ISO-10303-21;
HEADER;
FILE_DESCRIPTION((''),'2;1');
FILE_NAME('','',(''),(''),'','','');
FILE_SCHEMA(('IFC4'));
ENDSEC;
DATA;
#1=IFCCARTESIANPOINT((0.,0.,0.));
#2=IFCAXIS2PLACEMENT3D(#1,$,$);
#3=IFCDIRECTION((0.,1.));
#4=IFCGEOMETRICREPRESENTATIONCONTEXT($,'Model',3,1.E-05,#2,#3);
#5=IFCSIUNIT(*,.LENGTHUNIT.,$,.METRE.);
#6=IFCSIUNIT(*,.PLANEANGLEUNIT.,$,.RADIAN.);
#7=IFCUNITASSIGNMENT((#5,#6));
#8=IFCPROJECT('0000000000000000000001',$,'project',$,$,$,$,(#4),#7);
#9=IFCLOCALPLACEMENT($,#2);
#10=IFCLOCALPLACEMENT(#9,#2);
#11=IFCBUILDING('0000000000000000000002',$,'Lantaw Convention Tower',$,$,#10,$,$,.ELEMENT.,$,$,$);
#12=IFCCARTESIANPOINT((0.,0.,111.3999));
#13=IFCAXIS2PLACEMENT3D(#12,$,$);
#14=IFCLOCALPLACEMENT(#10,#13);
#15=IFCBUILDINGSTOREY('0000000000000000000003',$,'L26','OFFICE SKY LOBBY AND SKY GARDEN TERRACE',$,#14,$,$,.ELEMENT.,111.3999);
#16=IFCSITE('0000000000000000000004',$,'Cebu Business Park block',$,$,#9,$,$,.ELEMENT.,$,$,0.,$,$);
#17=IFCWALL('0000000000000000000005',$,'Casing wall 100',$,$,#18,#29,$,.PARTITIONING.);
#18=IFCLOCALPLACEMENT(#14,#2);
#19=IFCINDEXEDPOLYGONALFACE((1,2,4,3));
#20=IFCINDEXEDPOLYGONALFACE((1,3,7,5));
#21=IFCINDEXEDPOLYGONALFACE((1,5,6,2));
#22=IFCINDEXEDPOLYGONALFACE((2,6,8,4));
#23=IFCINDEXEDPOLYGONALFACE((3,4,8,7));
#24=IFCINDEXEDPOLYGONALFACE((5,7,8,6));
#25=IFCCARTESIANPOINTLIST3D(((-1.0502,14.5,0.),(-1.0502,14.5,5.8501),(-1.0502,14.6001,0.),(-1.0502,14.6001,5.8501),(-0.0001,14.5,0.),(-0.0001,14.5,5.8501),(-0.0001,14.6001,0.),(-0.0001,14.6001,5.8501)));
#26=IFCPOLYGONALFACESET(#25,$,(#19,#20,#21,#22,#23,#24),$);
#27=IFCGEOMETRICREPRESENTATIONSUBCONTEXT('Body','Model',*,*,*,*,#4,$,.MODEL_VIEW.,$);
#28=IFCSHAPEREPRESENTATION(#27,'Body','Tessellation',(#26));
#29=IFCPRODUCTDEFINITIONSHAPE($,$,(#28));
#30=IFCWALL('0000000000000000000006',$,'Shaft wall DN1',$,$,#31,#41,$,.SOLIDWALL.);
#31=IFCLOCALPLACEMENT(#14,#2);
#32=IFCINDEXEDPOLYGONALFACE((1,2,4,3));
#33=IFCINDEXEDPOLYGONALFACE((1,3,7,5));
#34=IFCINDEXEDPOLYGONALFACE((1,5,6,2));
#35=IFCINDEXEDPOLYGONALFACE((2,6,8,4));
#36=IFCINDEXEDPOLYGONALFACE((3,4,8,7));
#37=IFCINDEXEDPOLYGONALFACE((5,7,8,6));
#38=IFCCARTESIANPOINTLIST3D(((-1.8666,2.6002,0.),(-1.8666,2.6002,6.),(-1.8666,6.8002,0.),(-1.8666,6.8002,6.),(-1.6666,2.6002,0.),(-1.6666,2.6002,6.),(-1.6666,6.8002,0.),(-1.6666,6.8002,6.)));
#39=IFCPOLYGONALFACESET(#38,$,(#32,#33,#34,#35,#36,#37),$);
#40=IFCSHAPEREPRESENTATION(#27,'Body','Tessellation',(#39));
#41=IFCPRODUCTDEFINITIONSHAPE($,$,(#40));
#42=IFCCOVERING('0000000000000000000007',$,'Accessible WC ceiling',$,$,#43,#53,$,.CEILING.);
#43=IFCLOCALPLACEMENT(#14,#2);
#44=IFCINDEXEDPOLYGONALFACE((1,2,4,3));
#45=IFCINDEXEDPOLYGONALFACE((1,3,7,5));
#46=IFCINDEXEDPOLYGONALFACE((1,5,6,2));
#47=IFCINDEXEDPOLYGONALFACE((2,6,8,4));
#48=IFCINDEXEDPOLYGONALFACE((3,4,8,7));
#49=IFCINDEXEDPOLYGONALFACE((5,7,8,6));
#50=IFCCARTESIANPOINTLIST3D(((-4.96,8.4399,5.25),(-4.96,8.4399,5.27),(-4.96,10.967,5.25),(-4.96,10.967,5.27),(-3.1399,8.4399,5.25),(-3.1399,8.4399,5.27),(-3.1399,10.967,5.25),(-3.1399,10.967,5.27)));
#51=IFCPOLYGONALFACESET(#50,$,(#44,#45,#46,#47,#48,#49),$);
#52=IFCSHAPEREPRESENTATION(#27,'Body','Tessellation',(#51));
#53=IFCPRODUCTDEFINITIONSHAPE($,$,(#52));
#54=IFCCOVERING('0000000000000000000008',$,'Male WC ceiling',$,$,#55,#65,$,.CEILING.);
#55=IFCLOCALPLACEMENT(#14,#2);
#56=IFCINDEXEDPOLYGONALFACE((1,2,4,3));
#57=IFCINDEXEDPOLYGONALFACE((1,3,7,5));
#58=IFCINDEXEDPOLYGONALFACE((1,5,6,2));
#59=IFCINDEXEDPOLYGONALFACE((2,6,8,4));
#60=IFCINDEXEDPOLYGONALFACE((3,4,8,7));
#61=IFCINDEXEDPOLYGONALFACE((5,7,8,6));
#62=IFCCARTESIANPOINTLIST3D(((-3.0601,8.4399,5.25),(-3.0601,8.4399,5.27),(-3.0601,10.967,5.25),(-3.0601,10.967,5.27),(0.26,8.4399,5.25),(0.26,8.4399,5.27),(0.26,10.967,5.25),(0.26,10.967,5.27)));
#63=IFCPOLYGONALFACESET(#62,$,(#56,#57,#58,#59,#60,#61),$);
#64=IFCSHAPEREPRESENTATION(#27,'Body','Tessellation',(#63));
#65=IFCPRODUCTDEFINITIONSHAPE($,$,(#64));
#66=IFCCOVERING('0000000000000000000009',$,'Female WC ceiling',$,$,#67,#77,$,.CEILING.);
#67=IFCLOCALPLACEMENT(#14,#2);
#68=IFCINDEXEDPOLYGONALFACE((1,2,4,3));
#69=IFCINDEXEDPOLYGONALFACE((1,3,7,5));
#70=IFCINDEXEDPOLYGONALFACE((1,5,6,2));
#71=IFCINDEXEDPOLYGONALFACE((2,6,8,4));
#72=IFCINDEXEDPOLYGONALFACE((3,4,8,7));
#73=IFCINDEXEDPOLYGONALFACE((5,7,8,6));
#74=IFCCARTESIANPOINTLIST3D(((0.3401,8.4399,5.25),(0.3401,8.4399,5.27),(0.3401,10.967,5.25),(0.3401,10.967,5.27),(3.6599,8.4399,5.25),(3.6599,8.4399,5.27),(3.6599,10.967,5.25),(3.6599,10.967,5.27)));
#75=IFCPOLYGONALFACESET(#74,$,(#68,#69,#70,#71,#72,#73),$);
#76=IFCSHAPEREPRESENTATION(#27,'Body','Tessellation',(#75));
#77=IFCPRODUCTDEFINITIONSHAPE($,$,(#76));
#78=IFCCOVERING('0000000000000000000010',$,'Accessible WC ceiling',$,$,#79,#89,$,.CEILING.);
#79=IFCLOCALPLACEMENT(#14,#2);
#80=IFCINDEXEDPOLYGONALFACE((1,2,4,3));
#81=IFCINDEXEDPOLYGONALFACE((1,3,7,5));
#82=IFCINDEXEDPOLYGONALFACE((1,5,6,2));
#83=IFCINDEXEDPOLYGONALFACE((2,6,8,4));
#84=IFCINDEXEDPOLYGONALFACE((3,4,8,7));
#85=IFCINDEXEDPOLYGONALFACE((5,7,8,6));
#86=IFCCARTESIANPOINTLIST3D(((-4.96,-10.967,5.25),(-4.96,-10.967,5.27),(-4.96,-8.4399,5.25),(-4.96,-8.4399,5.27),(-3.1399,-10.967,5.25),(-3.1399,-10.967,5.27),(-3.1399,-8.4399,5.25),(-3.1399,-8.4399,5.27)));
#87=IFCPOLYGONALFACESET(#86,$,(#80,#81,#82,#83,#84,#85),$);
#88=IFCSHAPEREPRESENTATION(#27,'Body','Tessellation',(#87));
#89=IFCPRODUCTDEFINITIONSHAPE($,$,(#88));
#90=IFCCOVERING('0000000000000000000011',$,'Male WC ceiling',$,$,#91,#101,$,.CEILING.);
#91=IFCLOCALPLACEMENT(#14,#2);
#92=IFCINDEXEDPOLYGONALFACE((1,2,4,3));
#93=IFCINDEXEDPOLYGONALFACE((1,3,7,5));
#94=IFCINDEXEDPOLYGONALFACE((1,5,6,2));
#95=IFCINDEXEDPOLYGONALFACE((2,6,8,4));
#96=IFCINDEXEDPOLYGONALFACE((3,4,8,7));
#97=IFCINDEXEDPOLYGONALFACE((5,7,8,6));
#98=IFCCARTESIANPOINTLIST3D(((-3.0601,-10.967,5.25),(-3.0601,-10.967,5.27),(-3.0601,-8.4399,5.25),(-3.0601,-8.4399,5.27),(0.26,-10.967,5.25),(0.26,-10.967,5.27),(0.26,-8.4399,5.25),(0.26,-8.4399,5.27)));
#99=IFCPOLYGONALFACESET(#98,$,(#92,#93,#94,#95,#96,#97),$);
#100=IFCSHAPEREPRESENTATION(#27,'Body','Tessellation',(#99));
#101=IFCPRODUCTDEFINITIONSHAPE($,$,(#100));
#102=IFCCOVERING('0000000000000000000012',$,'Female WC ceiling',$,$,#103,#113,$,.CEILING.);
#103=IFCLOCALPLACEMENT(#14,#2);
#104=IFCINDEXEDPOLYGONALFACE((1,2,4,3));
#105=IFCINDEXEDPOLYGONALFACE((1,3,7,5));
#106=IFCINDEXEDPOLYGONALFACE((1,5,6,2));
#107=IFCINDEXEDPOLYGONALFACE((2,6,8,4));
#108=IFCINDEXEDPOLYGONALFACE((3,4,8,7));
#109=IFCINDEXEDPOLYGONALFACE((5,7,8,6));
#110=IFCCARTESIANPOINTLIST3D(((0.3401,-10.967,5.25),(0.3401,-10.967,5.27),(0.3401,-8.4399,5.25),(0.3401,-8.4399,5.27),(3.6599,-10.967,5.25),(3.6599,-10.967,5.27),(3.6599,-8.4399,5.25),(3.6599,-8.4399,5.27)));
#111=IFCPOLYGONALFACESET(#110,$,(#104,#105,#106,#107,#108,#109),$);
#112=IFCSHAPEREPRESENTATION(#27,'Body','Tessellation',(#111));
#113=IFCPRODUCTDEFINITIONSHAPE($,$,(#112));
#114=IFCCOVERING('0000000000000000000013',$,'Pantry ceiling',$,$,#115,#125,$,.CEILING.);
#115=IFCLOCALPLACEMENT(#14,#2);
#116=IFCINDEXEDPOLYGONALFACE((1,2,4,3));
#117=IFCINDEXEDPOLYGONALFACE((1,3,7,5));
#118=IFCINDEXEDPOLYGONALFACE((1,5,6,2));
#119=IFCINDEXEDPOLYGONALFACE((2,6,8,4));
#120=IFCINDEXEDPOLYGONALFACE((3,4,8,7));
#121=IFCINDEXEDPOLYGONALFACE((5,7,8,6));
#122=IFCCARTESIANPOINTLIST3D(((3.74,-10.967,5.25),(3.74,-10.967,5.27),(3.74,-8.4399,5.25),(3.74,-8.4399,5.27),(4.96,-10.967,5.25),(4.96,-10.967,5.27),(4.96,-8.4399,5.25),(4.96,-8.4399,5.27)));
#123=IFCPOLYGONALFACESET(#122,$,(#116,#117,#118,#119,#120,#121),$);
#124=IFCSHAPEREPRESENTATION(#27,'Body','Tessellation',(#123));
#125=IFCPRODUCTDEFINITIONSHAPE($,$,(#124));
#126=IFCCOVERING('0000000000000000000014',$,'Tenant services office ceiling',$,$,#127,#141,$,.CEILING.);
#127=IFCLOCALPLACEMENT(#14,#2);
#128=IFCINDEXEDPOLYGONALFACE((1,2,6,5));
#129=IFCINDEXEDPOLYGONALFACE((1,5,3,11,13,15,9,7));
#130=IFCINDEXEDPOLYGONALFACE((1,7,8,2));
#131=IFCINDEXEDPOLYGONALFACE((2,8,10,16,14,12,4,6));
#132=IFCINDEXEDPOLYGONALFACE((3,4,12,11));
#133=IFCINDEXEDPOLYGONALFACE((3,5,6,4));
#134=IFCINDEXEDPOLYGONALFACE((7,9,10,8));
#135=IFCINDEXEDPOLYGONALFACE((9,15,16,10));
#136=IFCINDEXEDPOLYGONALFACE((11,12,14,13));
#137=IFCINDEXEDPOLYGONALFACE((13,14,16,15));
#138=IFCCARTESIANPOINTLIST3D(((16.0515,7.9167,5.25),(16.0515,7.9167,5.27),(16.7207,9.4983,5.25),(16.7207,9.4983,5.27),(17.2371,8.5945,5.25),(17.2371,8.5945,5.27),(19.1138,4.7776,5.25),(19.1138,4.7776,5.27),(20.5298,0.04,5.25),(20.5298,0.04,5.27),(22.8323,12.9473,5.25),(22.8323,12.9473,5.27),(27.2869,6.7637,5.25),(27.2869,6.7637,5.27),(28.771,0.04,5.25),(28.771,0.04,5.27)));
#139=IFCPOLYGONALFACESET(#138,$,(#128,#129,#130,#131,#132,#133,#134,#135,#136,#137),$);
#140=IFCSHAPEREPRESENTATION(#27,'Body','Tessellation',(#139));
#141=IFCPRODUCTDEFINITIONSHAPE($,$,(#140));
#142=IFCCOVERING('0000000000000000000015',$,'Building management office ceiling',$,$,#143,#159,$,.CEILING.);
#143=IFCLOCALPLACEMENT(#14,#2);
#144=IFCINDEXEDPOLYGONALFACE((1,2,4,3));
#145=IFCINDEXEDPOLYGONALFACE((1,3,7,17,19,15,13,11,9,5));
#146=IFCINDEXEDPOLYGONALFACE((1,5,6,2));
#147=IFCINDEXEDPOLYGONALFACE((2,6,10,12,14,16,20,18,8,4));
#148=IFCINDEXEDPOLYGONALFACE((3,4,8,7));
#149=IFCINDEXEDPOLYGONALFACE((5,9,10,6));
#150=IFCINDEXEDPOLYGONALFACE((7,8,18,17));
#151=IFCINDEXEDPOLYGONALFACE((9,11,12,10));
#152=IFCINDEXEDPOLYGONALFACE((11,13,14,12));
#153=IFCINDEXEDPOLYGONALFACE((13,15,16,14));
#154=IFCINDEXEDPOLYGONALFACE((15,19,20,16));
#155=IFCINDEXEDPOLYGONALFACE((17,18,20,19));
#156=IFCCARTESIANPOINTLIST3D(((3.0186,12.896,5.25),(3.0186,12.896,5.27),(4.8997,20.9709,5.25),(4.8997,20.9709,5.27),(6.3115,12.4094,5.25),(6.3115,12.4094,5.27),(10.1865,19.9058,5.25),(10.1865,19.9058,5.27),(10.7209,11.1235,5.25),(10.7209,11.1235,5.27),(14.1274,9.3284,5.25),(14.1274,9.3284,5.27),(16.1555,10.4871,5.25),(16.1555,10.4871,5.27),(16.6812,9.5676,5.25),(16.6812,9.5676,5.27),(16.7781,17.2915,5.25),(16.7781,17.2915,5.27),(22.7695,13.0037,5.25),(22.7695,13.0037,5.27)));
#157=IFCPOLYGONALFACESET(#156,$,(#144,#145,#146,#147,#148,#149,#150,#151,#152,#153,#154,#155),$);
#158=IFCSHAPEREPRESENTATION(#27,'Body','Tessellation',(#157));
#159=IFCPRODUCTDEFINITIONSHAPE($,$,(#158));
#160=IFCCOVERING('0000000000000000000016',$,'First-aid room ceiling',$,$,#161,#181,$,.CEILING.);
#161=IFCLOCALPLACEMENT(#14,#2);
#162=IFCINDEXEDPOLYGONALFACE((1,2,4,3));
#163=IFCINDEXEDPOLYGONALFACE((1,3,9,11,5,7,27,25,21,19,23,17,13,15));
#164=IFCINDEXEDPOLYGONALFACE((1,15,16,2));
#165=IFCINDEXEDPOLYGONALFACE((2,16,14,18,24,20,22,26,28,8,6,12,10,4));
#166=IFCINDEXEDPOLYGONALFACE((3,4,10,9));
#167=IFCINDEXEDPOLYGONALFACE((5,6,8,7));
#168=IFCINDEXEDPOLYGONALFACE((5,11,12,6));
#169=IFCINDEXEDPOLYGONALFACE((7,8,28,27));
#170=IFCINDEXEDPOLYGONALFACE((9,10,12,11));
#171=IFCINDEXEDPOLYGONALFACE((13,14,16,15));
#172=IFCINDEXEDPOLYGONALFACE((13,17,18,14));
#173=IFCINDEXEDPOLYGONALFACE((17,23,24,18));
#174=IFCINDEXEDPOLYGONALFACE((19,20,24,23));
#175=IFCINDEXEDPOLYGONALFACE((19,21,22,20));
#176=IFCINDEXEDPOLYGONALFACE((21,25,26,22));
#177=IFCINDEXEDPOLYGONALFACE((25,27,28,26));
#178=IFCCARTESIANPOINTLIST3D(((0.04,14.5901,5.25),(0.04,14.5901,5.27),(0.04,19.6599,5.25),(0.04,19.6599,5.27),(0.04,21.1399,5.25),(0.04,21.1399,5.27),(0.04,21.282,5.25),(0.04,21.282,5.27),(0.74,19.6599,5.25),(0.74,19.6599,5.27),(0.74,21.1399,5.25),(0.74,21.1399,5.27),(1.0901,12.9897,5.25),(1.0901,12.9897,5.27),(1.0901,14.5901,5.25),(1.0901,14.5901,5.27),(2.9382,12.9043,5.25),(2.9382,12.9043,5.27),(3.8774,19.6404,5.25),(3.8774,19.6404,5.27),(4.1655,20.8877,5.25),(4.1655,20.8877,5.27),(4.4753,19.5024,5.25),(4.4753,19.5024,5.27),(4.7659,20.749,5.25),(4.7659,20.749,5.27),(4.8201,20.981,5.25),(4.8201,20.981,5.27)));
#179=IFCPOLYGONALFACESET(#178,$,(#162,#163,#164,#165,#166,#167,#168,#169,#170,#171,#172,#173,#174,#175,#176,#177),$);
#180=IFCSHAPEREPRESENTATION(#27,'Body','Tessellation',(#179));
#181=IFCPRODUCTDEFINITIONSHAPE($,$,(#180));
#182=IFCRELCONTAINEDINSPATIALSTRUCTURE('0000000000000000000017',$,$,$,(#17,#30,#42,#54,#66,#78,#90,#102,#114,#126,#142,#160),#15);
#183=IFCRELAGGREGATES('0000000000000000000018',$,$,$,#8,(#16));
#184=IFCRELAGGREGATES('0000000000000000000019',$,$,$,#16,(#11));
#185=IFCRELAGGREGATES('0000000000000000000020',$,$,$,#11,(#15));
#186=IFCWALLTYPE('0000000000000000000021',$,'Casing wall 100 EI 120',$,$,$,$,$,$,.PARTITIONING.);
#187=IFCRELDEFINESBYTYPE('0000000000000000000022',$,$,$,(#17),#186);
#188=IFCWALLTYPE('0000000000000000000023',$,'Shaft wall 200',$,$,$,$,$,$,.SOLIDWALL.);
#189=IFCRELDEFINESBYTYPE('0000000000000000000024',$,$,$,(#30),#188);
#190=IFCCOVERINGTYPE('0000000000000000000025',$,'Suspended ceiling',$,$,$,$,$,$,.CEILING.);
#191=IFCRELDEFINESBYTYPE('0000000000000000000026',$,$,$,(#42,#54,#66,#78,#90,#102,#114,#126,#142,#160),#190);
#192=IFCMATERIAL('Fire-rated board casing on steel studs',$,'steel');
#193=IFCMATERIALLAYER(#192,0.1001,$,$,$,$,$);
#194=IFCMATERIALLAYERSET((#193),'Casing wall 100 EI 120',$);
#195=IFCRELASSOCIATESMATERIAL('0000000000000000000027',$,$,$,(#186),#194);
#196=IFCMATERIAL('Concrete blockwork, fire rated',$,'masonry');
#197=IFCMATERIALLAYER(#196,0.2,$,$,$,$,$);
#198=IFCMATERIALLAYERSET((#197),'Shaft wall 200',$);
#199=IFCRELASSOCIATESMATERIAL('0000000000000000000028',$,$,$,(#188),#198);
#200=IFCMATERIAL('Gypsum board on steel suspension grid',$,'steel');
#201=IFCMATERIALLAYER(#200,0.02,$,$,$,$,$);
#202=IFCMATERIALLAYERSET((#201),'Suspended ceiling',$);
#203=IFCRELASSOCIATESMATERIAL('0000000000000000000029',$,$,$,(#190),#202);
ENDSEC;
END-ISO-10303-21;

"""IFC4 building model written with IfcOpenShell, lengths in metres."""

from ifc_helpers import new_model, si_unit, direction, frame, frame_2d, origin, place, context, subcontext, project, spatial, polyline, rectangle, outline, extrude, material, layer, layer_set, type_object, element, save


model = new_model("IFC4")

# Units and contexts
model_context = context("Model", 3, precision=1e-05, world=origin(), true_north=direction((0.0, 1.0)))
body_context = subcontext(model_context, "Body", "Model", "MODEL_VIEW")
ifc_project = project(units=[si_unit("LENGTHUNIT", "METRE"), si_unit("PLANEANGLEUNIT", "RADIAN")], contexts=[model_context])

# Site, building, storey
site_placement = place(None, origin())
site = spatial("IfcSite", under=ifc_project, at=site_placement, Name="Cebu Business Park block", CompositionType="ELEMENT", RefElevation=0.0)
building_placement = place(site_placement, origin())
building = spatial("IfcBuilding", under=site, at=building_placement, Name="Lantaw Convention Tower", CompositionType="ELEMENT")
storey_placement = place(building_placement, frame((0.0, 0.0, 111.3999)))
storey = spatial("IfcBuildingStorey", under=building, at=storey_placement, Name="L26", Description="OFFICE SKY LOBBY AND SKY GARDEN TERRACE", CompositionType="ELEMENT", Elevation=111.3999)

# Walls
ifc_material_1 = material(Name="Fire-rated board casing on steel studs", Category="steel")
ifc_layer_1 = layer(ifc_material_1, 0.1001)
ifc_layer_set_1 = layer_set([ifc_layer_1], Name="Casing wall 100 EI 120")
wall_type_1 = type_object("IfcWallType", Name="Casing wall 100 EI 120", PredefinedType="PARTITIONING", material=ifc_layer_set_1)
for number, where, z_axis, x_axis, name in (
    (1, (-1.05, 14.55, 0.0), (0.0, 0.0, 1.0), (1.0, 0.0, 0.0), "Casing wall 100"),
):
    element("IfcWall", number, at=place(storey_placement, frame(where, z_axis=z_axis, x_axis=x_axis)), inside=storey, type_object=wall_type_1, Name=name, PredefinedType="PARTITIONING", context=body_context, shape_type="SweptSolid", body=[
        extrude(rectangle(XDim=1.05, YDim=0.1001, at=frame_2d((0.5249, 0.0))), origin(), (0.0, 0.0, 1.0), 5.8501),
    ])
ifc_material_2 = material(Name="Concrete blockwork, fire rated", Category="masonry")
ifc_layer_2 = layer(ifc_material_2, 0.2)
ifc_layer_set_2 = layer_set([ifc_layer_2], Name="Shaft wall 200")
wall_type_2 = type_object("IfcWallType", Name="Shaft wall 200", PredefinedType="SOLIDWALL", material=ifc_layer_set_2)
wall_1_placement = place(storey_placement, frame((-1.7666, 2.6001, 0.0), z_axis=(0.0, 0.0, 1.0), x_axis=(0.0, 1.0, 0.0)))
element("IfcWall", 2, at=wall_1_placement, inside=storey, type_object=wall_type_2, Name="Shaft wall DN1", PredefinedType="SOLIDWALL", context=body_context, shape_type="SweptSolid", body=[
    extrude(rectangle(XDim=4.2, YDim=0.2, at=frame_2d((2.1001, 0.0))), origin(), (0.0, 0.0, 1.0), 6.0),
])

# Coverings
ifc_material_3 = material(Name="Gypsum board on steel suspension grid", Category="steel")
ifc_layer_3 = layer(ifc_material_3, 0.02)
ifc_layer_set_3 = layer_set([ifc_layer_3], Name="Suspended ceiling")
covering_type = type_object("IfcCoveringType", Name="Suspended ceiling", PredefinedType="CEILING", material=ifc_layer_set_3)
covering_1_placement = place(storey_placement, frame((0.0, 0.0, 5.25)))
element("IfcCovering", 3, at=covering_1_placement, inside=storey, type_object=covering_type, Name="Accessible WC ceiling", PredefinedType="CEILING", context=body_context, shape_type="SweptSolid", body=[
    extrude(outline(polyline([(-4.96, 8.4399), (-3.1399, 8.4399), (-3.1399, 10.967), (-4.96, 10.967), (-4.96, 8.4399)])), origin(), (0.0, 0.0, 1.0), 0.02),
])
covering_2_placement = place(storey_placement, frame((0.0, 0.0, 5.25)))
element("IfcCovering", 4, at=covering_2_placement, inside=storey, type_object=covering_type, Name="Male WC ceiling", PredefinedType="CEILING", context=body_context, shape_type="SweptSolid", body=[
    extrude(outline(polyline([(-3.0601, 8.4399), (0.26, 8.4399), (0.26, 10.967), (-3.0601, 10.967), (-3.0601, 8.4399)])), origin(), (0.0, 0.0, 1.0), 0.02),
])
covering_3_placement = place(storey_placement, frame((0.0, 0.0, 5.25)))
element("IfcCovering", 5, at=covering_3_placement, inside=storey, type_object=covering_type, Name="Female WC ceiling", PredefinedType="CEILING", context=body_context, shape_type="SweptSolid", body=[
    extrude(outline(polyline([(0.3401, 8.4399), (3.6599, 8.4399), (3.6599, 10.967), (0.3401, 10.967), (0.3401, 8.4399)])), origin(), (0.0, 0.0, 1.0), 0.02),
])
covering_4_placement = place(storey_placement, frame((0.0, 0.0, 5.25)))
element("IfcCovering", 6, at=covering_4_placement, inside=storey, type_object=covering_type, Name="Accessible WC ceiling", PredefinedType="CEILING", context=body_context, shape_type="SweptSolid", body=[
    extrude(outline(polyline([(-4.96, -10.967), (-3.1399, -10.967), (-3.1399, -8.4399), (-4.96, -8.4399), (-4.96, -10.967)])), origin(), (0.0, 0.0, 1.0), 0.02),
])
covering_5_placement = place(storey_placement, frame((0.0, 0.0, 5.25)))
element("IfcCovering", 7, at=covering_5_placement, inside=storey, type_object=covering_type, Name="Male WC ceiling", PredefinedType="CEILING", context=body_context, shape_type="SweptSolid", body=[
    extrude(outline(polyline([(-3.0601, -10.967), (0.26, -10.967), (0.26, -8.4399), (-3.0601, -8.4399), (-3.0601, -10.967)])), origin(), (0.0, 0.0, 1.0), 0.02),
])
covering_6_placement = place(storey_placement, frame((0.0, 0.0, 5.25)))
element("IfcCovering", 8, at=covering_6_placement, inside=storey, type_object=covering_type, Name="Female WC ceiling", PredefinedType="CEILING", context=body_context, shape_type="SweptSolid", body=[
    extrude(outline(polyline([(0.3401, -10.967), (3.6599, -10.967), (3.6599, -8.4399), (0.3401, -8.4399), (0.3401, -10.967)])), origin(), (0.0, 0.0, 1.0), 0.02),
])
covering_7_placement = place(storey_placement, frame((0.0, 0.0, 5.25)))
element("IfcCovering", 9, at=covering_7_placement, inside=storey, type_object=covering_type, Name="Pantry ceiling", PredefinedType="CEILING", context=body_context, shape_type="SweptSolid", body=[
    extrude(outline(polyline([(3.74, -10.967), (4.96, -10.967), (4.96, -8.4399), (3.74, -8.4399), (3.74, -10.967)])), origin(), (0.0, 0.0, 1.0), 0.02),
])
covering_8_placement = place(storey_placement, frame((0.0, 0.0, 5.25)))
element("IfcCovering", 10, at=covering_8_placement, inside=storey, type_object=covering_type, Name="Tenant services office ceiling", PredefinedType="CEILING", context=body_context, shape_type="SweptSolid", body=[
    extrude(outline(polyline([(19.1138, 4.7776), (20.5298, 0.04), (28.771, 0.04), (27.2869, 6.7637), (22.8323, 12.9473), (16.7207, 9.4983), (17.2371, 8.5945), (16.0515, 7.9167), (19.1138, 4.7776)])), origin(), (0.0, 0.0, 1.0), 0.02),
])
covering_9_placement = place(storey_placement, frame((0.0, 0.0, 5.25)))
element("IfcCovering", 11, at=covering_9_placement, inside=storey, type_object=covering_type, Name="Building management office ceiling", PredefinedType="CEILING", context=body_context, shape_type="SweptSolid", body=[
    extrude(outline(polyline([(10.7209, 11.1235), (14.1274, 9.3284), (16.1555, 10.4871), (16.6812, 9.5676), (22.7695, 13.0037), (16.7781, 17.2915), (10.1865, 19.9058), (4.8997, 20.9709), (3.0186, 12.896), (6.3115, 12.4094), (10.7209, 11.1235)])), origin(), (0.0, 0.0, 1.0), 0.02),
])
covering_10_placement = place(storey_placement, frame((0.0, 0.0, 5.25)))
element("IfcCovering", 12, at=covering_10_placement, inside=storey, type_object=covering_type, Name="First-aid room ceiling", PredefinedType="CEILING", context=body_context, shape_type="SweptSolid", body=[
    extrude(outline(polyline([(1.0901, 14.5901), (1.0901, 12.9897), (2.9382, 12.9043), (4.4753, 19.5024), (3.8774, 19.6404), (4.1655, 20.8877), (4.7659, 20.749), (4.8201, 20.981), (0.04, 21.282), (0.04, 21.1399), (0.74, 21.1399), (0.74, 19.6599), (0.04, 19.6599), (0.04, 14.5901), (1.0901, 14.5901)])), origin(), (0.0, 0.0, 1.0), 0.02),
])

save(model, "model.ifc")
